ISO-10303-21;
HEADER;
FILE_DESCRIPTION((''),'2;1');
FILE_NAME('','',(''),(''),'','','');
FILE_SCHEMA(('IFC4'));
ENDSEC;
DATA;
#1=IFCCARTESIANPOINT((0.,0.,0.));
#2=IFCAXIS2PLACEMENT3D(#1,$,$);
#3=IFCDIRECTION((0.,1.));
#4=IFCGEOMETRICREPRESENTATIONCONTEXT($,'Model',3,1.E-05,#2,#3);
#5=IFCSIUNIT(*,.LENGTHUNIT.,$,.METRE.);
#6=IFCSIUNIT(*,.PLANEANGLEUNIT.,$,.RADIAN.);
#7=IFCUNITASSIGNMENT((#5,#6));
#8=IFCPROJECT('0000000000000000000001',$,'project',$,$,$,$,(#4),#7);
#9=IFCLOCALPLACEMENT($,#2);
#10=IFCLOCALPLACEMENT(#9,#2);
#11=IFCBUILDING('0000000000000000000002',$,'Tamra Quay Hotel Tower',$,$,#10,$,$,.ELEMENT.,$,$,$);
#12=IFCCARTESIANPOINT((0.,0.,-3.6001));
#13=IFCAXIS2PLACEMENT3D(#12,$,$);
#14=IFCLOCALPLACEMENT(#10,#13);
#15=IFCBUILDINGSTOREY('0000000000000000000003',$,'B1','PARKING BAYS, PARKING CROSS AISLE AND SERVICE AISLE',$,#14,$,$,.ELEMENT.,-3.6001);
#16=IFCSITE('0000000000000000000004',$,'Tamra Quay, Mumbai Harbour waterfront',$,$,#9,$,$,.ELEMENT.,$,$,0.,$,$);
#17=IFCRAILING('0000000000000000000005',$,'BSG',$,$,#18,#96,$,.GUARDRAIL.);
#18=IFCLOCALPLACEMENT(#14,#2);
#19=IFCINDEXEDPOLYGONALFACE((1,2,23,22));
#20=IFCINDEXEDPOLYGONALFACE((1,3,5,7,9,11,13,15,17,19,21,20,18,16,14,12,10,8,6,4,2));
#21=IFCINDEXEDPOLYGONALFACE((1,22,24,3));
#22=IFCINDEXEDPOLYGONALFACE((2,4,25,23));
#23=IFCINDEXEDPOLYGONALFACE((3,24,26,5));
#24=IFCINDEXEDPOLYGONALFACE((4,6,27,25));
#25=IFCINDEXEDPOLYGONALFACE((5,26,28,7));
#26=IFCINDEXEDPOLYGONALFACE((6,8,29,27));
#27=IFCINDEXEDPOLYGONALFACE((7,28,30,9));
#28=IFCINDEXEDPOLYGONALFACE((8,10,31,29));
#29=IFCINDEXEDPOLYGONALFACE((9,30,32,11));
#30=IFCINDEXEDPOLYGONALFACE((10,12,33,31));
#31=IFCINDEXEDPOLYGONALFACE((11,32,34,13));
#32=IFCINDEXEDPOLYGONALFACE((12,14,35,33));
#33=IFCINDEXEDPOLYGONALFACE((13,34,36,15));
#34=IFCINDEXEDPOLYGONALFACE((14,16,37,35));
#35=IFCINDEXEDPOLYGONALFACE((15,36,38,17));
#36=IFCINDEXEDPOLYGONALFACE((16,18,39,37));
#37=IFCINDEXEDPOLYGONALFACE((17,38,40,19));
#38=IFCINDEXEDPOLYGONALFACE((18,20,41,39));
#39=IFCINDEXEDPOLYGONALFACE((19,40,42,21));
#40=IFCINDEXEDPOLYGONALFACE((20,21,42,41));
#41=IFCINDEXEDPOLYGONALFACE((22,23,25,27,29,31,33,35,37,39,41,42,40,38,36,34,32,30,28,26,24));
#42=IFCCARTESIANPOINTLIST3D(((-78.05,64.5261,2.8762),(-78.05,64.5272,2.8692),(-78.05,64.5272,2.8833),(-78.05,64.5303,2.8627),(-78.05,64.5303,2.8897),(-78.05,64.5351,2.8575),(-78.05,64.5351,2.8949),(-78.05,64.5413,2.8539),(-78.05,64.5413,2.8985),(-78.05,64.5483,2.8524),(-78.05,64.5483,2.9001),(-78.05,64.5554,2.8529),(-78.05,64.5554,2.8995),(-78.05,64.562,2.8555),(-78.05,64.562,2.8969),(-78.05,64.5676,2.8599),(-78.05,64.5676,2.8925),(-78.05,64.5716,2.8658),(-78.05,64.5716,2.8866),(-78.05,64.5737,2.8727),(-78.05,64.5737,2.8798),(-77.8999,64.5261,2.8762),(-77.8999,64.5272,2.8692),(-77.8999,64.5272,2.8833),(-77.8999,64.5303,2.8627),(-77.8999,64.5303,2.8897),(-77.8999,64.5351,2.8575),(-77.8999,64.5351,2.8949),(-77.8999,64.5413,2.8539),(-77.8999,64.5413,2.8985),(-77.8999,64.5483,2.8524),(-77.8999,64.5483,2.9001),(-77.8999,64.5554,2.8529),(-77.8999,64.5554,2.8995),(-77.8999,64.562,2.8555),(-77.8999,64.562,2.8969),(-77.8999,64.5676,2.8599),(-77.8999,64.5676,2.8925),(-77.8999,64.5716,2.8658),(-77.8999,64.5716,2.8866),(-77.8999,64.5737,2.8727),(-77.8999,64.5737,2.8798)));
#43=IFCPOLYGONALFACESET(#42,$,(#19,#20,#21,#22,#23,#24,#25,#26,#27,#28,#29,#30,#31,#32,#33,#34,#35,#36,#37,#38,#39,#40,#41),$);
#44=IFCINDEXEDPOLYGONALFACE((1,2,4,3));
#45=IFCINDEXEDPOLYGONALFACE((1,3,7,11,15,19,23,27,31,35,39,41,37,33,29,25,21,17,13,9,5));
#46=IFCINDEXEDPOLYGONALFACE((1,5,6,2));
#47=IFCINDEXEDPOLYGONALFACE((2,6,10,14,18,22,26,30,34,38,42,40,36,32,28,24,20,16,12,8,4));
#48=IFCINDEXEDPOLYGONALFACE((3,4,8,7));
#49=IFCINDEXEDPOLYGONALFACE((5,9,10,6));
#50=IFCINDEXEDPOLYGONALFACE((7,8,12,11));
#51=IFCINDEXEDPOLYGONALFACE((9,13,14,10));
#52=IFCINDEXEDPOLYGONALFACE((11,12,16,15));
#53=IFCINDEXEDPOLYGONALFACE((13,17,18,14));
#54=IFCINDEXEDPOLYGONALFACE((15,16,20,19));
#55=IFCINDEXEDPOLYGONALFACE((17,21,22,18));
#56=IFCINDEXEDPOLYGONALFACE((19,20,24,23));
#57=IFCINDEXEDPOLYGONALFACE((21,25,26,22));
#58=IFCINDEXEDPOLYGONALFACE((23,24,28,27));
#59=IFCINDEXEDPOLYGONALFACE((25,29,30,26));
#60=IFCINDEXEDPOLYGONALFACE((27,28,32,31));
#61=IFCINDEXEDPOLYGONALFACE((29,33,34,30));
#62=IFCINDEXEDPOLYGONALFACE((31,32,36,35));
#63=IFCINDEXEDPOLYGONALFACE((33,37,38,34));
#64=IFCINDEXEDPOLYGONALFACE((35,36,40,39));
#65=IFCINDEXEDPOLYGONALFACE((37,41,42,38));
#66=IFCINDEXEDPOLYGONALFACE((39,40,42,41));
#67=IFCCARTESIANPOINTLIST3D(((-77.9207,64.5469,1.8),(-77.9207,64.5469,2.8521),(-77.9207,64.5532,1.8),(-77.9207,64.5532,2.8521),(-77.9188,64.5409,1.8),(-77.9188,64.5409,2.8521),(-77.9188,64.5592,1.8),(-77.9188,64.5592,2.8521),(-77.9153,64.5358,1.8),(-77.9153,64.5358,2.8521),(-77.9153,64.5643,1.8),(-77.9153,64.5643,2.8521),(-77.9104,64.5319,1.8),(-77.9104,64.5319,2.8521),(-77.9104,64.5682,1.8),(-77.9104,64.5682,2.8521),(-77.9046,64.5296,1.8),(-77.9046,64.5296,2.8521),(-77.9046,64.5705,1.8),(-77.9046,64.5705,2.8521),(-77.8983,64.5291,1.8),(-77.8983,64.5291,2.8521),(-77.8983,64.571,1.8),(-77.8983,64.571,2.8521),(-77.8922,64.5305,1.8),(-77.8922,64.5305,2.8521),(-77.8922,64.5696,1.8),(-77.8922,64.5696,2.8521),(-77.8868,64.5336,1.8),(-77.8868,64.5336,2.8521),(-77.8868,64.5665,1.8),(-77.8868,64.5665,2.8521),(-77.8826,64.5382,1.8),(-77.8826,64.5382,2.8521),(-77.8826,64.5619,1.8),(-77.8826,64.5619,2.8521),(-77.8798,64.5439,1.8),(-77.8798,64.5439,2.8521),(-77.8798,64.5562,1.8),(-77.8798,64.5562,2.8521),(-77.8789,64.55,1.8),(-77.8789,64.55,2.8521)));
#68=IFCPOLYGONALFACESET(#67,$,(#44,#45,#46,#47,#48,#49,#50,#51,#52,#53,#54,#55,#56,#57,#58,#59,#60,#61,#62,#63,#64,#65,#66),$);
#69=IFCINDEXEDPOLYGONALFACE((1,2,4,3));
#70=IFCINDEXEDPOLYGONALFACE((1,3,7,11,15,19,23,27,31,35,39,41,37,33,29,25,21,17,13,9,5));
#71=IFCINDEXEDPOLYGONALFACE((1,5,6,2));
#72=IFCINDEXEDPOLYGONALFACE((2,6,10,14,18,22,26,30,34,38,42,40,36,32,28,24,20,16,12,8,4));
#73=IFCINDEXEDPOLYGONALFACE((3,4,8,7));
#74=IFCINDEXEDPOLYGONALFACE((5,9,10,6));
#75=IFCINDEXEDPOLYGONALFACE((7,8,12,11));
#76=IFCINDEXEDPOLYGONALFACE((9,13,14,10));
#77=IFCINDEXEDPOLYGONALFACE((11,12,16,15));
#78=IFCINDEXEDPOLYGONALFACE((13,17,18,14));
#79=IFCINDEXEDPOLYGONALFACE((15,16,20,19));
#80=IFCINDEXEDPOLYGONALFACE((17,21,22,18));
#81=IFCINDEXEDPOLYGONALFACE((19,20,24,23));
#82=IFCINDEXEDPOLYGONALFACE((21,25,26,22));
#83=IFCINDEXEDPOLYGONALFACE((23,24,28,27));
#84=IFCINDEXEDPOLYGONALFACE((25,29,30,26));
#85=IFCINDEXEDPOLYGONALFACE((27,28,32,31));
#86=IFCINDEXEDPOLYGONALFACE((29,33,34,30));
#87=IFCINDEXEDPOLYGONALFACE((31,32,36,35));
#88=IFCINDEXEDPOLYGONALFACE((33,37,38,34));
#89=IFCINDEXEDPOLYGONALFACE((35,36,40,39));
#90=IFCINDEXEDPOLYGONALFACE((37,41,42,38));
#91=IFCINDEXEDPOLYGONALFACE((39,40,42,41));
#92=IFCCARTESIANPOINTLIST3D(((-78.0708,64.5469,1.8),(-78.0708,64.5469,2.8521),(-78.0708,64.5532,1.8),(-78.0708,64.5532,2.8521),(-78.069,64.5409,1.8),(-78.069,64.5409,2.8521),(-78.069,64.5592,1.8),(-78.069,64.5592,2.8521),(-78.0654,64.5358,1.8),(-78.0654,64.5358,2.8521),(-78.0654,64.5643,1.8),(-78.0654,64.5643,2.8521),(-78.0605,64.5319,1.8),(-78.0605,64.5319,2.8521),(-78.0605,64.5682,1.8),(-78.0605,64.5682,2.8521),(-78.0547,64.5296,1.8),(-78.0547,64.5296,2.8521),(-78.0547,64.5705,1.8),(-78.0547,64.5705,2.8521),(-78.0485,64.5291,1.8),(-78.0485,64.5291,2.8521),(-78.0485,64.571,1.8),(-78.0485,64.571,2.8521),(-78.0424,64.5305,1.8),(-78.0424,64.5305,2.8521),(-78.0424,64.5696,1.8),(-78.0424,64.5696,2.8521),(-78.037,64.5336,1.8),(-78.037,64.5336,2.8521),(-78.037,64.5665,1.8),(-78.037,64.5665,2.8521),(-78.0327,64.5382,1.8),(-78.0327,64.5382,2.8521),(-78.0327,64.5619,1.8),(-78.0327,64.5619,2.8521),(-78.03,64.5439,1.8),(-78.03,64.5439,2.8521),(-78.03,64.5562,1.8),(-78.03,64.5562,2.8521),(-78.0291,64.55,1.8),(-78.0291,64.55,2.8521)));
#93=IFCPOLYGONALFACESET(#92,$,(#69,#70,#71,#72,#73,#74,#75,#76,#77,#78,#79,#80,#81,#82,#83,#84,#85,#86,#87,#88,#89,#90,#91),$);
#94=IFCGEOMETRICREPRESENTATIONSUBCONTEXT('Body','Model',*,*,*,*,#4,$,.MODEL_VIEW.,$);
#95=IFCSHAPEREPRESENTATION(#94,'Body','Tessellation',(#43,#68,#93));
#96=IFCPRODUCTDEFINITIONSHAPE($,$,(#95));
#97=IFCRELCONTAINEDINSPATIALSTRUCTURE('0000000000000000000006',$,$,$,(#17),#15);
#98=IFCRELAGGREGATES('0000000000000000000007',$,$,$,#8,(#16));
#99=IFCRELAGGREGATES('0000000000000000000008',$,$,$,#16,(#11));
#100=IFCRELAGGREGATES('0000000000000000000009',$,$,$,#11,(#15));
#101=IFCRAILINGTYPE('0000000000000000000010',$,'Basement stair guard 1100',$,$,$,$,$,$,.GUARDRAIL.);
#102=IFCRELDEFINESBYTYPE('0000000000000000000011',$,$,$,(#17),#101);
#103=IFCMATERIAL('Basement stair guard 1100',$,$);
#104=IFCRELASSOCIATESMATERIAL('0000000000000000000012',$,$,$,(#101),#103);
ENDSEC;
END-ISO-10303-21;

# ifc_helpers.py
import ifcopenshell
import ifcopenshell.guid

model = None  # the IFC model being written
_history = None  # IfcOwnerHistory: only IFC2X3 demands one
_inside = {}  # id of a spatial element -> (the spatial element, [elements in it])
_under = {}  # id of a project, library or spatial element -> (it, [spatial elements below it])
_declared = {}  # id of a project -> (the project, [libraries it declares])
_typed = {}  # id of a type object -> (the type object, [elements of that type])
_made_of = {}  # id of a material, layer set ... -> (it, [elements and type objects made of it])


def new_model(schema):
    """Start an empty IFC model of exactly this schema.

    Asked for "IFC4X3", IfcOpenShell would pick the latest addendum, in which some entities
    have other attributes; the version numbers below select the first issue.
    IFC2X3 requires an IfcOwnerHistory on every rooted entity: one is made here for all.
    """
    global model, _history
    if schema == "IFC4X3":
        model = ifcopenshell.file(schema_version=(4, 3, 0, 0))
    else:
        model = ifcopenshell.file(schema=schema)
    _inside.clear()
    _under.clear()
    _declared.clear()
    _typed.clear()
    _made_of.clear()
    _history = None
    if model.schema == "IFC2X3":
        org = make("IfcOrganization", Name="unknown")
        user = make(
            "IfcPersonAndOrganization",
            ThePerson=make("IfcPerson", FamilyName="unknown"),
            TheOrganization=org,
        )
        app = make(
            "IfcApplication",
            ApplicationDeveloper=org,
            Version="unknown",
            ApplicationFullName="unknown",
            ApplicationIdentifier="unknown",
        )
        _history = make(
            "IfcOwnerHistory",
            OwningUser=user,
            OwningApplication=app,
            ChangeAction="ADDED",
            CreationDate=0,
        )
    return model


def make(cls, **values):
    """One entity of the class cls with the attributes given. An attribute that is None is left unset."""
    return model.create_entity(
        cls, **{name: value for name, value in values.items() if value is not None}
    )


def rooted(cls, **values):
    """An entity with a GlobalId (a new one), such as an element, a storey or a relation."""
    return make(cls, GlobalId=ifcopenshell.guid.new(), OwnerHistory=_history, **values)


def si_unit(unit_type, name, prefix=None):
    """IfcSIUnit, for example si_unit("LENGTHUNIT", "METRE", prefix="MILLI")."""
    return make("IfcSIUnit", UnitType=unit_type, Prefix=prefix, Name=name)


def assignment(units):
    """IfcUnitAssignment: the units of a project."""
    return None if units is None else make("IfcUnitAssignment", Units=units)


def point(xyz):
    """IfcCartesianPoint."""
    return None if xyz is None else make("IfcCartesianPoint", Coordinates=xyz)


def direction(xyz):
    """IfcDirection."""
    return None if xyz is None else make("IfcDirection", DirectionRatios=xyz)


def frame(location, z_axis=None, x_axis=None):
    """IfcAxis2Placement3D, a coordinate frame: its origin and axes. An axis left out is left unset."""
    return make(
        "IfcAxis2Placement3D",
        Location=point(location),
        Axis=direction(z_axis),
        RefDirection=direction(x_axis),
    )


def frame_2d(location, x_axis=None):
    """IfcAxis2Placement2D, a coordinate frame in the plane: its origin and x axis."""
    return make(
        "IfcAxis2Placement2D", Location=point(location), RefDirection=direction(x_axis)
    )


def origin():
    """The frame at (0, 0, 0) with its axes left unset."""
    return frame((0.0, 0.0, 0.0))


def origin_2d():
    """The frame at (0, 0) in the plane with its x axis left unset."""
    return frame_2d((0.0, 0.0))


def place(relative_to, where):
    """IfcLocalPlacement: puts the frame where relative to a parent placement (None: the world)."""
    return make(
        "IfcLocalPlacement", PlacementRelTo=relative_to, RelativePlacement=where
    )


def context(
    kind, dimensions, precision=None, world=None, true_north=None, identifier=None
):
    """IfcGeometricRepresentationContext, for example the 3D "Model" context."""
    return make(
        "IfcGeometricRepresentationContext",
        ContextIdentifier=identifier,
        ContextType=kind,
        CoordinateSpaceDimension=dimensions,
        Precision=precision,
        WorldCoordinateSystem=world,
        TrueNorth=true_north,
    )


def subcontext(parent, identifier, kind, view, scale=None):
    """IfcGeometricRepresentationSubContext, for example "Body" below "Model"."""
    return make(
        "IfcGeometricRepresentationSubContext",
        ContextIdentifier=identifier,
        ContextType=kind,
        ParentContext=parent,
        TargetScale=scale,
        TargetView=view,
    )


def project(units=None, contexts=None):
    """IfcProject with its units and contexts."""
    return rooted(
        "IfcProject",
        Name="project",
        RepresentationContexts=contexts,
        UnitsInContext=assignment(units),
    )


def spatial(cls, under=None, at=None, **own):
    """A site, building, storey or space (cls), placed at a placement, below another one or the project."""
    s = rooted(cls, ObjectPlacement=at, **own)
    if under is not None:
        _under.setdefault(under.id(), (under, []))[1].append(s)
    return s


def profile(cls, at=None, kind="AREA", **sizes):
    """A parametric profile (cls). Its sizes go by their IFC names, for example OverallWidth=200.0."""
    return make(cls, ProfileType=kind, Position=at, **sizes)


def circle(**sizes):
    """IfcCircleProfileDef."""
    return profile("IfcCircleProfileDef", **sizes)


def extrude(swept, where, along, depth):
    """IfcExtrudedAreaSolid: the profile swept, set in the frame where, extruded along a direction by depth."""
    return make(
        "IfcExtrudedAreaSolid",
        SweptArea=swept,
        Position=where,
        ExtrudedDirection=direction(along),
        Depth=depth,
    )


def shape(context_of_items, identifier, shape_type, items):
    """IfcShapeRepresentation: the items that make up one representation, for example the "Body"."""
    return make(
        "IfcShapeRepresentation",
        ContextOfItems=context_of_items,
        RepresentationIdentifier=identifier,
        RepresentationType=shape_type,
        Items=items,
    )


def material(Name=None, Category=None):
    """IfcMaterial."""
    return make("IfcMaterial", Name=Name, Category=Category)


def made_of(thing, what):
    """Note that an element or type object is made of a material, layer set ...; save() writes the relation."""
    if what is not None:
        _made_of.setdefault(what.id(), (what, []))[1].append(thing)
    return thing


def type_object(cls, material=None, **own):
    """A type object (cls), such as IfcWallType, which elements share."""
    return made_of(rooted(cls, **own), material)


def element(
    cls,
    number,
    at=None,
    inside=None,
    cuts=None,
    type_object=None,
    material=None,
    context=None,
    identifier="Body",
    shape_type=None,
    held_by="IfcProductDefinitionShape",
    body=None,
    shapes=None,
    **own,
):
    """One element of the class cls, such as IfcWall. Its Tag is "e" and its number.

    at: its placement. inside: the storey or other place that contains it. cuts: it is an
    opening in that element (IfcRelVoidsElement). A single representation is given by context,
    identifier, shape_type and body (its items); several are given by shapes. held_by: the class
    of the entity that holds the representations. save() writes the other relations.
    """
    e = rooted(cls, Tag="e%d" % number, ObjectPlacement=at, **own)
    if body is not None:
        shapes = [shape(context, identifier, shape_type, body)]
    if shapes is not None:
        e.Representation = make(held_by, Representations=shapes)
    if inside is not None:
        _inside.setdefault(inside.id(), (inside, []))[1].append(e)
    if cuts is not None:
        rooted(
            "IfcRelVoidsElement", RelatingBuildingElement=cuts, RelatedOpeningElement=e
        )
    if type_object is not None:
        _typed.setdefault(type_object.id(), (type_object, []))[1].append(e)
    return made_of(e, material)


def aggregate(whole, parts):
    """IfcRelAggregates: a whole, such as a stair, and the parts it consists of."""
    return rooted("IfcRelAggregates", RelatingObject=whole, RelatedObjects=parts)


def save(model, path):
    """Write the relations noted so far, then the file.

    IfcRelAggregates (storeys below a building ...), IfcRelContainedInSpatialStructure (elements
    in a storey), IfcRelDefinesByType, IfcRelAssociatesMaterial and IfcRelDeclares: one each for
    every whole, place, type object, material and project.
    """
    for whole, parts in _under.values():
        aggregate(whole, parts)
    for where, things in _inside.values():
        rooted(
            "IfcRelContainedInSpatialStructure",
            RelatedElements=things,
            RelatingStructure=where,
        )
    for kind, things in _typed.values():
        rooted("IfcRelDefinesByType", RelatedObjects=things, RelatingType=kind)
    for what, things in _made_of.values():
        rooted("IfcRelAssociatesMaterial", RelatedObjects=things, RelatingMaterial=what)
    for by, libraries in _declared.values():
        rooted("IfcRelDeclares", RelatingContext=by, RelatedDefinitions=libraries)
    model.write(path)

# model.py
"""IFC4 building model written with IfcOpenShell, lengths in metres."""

from ifc_helpers import new_model, si_unit, direction, frame, origin, origin_2d, place, context, subcontext, project, spatial, circle, extrude, material, type_object, element, save


model = new_model("IFC4")

# Units and contexts
model_context = context("Model", 3, precision=1e-05, world=origin(), true_north=direction((0.0, 1.0)))
body_context = subcontext(model_context, "Body", "Model", "MODEL_VIEW")
ifc_project = project(units=[si_unit("LENGTHUNIT", "METRE"), si_unit("PLANEANGLEUNIT", "RADIAN")], contexts=[model_context])

# Site, building, storey
site_placement = place(None, origin())
site = spatial("IfcSite", under=ifc_project, at=site_placement, Name="Tamra Quay, Mumbai Harbour waterfront", CompositionType="ELEMENT", RefElevation=0.0)
building_placement = place(site_placement, origin())
building = spatial("IfcBuilding", under=site, at=building_placement, Name="Tamra Quay Hotel Tower", CompositionType="ELEMENT")
storey_placement = place(building_placement, frame((0.0, 0.0, -3.6001)))
storey = spatial("IfcBuildingStorey", under=building, at=storey_placement, Name="B1", Description="PARKING BAYS, PARKING CROSS AISLE AND SERVICE AISLE", CompositionType="ELEMENT", Elevation=-3.6001)

# Railing
ifc_material_1 = material(Name="Basement stair guard 1100")
railing_type_1 = type_object("IfcRailingType", Name="Basement stair guard 1100", PredefinedType="GUARDRAIL", material=ifc_material_1)
railing_1_placement = place(storey_placement, frame((-77.8999, 64.55, 1.8)))
element("IfcRailing", 1, at=railing_1_placement, inside=storey, type_object=railing_type_1, Name="BSG", PredefinedType="GUARDRAIL", context=body_context, shape_type="SweptSolid", body=[
    extrude(circle(Radius=0.0239, at=origin_2d()), frame((0.0, 0.0, 1.0762), z_axis=(-1.0, 0.0, 0.0), x_axis=(0.0, -1.0, 0.0)), (0.0, 0.0, 1.0), 0.1501),
    extrude(circle(Radius=0.021, at=origin_2d()), origin(), (0.0, 0.0, 1.0), 1.052),
    extrude(circle(Radius=0.021, at=origin_2d()), frame((-0.1501, 0.0, 0.0)), (0.0, 0.0, 1.0), 1.052),
])

save(model, "model.ifc")
